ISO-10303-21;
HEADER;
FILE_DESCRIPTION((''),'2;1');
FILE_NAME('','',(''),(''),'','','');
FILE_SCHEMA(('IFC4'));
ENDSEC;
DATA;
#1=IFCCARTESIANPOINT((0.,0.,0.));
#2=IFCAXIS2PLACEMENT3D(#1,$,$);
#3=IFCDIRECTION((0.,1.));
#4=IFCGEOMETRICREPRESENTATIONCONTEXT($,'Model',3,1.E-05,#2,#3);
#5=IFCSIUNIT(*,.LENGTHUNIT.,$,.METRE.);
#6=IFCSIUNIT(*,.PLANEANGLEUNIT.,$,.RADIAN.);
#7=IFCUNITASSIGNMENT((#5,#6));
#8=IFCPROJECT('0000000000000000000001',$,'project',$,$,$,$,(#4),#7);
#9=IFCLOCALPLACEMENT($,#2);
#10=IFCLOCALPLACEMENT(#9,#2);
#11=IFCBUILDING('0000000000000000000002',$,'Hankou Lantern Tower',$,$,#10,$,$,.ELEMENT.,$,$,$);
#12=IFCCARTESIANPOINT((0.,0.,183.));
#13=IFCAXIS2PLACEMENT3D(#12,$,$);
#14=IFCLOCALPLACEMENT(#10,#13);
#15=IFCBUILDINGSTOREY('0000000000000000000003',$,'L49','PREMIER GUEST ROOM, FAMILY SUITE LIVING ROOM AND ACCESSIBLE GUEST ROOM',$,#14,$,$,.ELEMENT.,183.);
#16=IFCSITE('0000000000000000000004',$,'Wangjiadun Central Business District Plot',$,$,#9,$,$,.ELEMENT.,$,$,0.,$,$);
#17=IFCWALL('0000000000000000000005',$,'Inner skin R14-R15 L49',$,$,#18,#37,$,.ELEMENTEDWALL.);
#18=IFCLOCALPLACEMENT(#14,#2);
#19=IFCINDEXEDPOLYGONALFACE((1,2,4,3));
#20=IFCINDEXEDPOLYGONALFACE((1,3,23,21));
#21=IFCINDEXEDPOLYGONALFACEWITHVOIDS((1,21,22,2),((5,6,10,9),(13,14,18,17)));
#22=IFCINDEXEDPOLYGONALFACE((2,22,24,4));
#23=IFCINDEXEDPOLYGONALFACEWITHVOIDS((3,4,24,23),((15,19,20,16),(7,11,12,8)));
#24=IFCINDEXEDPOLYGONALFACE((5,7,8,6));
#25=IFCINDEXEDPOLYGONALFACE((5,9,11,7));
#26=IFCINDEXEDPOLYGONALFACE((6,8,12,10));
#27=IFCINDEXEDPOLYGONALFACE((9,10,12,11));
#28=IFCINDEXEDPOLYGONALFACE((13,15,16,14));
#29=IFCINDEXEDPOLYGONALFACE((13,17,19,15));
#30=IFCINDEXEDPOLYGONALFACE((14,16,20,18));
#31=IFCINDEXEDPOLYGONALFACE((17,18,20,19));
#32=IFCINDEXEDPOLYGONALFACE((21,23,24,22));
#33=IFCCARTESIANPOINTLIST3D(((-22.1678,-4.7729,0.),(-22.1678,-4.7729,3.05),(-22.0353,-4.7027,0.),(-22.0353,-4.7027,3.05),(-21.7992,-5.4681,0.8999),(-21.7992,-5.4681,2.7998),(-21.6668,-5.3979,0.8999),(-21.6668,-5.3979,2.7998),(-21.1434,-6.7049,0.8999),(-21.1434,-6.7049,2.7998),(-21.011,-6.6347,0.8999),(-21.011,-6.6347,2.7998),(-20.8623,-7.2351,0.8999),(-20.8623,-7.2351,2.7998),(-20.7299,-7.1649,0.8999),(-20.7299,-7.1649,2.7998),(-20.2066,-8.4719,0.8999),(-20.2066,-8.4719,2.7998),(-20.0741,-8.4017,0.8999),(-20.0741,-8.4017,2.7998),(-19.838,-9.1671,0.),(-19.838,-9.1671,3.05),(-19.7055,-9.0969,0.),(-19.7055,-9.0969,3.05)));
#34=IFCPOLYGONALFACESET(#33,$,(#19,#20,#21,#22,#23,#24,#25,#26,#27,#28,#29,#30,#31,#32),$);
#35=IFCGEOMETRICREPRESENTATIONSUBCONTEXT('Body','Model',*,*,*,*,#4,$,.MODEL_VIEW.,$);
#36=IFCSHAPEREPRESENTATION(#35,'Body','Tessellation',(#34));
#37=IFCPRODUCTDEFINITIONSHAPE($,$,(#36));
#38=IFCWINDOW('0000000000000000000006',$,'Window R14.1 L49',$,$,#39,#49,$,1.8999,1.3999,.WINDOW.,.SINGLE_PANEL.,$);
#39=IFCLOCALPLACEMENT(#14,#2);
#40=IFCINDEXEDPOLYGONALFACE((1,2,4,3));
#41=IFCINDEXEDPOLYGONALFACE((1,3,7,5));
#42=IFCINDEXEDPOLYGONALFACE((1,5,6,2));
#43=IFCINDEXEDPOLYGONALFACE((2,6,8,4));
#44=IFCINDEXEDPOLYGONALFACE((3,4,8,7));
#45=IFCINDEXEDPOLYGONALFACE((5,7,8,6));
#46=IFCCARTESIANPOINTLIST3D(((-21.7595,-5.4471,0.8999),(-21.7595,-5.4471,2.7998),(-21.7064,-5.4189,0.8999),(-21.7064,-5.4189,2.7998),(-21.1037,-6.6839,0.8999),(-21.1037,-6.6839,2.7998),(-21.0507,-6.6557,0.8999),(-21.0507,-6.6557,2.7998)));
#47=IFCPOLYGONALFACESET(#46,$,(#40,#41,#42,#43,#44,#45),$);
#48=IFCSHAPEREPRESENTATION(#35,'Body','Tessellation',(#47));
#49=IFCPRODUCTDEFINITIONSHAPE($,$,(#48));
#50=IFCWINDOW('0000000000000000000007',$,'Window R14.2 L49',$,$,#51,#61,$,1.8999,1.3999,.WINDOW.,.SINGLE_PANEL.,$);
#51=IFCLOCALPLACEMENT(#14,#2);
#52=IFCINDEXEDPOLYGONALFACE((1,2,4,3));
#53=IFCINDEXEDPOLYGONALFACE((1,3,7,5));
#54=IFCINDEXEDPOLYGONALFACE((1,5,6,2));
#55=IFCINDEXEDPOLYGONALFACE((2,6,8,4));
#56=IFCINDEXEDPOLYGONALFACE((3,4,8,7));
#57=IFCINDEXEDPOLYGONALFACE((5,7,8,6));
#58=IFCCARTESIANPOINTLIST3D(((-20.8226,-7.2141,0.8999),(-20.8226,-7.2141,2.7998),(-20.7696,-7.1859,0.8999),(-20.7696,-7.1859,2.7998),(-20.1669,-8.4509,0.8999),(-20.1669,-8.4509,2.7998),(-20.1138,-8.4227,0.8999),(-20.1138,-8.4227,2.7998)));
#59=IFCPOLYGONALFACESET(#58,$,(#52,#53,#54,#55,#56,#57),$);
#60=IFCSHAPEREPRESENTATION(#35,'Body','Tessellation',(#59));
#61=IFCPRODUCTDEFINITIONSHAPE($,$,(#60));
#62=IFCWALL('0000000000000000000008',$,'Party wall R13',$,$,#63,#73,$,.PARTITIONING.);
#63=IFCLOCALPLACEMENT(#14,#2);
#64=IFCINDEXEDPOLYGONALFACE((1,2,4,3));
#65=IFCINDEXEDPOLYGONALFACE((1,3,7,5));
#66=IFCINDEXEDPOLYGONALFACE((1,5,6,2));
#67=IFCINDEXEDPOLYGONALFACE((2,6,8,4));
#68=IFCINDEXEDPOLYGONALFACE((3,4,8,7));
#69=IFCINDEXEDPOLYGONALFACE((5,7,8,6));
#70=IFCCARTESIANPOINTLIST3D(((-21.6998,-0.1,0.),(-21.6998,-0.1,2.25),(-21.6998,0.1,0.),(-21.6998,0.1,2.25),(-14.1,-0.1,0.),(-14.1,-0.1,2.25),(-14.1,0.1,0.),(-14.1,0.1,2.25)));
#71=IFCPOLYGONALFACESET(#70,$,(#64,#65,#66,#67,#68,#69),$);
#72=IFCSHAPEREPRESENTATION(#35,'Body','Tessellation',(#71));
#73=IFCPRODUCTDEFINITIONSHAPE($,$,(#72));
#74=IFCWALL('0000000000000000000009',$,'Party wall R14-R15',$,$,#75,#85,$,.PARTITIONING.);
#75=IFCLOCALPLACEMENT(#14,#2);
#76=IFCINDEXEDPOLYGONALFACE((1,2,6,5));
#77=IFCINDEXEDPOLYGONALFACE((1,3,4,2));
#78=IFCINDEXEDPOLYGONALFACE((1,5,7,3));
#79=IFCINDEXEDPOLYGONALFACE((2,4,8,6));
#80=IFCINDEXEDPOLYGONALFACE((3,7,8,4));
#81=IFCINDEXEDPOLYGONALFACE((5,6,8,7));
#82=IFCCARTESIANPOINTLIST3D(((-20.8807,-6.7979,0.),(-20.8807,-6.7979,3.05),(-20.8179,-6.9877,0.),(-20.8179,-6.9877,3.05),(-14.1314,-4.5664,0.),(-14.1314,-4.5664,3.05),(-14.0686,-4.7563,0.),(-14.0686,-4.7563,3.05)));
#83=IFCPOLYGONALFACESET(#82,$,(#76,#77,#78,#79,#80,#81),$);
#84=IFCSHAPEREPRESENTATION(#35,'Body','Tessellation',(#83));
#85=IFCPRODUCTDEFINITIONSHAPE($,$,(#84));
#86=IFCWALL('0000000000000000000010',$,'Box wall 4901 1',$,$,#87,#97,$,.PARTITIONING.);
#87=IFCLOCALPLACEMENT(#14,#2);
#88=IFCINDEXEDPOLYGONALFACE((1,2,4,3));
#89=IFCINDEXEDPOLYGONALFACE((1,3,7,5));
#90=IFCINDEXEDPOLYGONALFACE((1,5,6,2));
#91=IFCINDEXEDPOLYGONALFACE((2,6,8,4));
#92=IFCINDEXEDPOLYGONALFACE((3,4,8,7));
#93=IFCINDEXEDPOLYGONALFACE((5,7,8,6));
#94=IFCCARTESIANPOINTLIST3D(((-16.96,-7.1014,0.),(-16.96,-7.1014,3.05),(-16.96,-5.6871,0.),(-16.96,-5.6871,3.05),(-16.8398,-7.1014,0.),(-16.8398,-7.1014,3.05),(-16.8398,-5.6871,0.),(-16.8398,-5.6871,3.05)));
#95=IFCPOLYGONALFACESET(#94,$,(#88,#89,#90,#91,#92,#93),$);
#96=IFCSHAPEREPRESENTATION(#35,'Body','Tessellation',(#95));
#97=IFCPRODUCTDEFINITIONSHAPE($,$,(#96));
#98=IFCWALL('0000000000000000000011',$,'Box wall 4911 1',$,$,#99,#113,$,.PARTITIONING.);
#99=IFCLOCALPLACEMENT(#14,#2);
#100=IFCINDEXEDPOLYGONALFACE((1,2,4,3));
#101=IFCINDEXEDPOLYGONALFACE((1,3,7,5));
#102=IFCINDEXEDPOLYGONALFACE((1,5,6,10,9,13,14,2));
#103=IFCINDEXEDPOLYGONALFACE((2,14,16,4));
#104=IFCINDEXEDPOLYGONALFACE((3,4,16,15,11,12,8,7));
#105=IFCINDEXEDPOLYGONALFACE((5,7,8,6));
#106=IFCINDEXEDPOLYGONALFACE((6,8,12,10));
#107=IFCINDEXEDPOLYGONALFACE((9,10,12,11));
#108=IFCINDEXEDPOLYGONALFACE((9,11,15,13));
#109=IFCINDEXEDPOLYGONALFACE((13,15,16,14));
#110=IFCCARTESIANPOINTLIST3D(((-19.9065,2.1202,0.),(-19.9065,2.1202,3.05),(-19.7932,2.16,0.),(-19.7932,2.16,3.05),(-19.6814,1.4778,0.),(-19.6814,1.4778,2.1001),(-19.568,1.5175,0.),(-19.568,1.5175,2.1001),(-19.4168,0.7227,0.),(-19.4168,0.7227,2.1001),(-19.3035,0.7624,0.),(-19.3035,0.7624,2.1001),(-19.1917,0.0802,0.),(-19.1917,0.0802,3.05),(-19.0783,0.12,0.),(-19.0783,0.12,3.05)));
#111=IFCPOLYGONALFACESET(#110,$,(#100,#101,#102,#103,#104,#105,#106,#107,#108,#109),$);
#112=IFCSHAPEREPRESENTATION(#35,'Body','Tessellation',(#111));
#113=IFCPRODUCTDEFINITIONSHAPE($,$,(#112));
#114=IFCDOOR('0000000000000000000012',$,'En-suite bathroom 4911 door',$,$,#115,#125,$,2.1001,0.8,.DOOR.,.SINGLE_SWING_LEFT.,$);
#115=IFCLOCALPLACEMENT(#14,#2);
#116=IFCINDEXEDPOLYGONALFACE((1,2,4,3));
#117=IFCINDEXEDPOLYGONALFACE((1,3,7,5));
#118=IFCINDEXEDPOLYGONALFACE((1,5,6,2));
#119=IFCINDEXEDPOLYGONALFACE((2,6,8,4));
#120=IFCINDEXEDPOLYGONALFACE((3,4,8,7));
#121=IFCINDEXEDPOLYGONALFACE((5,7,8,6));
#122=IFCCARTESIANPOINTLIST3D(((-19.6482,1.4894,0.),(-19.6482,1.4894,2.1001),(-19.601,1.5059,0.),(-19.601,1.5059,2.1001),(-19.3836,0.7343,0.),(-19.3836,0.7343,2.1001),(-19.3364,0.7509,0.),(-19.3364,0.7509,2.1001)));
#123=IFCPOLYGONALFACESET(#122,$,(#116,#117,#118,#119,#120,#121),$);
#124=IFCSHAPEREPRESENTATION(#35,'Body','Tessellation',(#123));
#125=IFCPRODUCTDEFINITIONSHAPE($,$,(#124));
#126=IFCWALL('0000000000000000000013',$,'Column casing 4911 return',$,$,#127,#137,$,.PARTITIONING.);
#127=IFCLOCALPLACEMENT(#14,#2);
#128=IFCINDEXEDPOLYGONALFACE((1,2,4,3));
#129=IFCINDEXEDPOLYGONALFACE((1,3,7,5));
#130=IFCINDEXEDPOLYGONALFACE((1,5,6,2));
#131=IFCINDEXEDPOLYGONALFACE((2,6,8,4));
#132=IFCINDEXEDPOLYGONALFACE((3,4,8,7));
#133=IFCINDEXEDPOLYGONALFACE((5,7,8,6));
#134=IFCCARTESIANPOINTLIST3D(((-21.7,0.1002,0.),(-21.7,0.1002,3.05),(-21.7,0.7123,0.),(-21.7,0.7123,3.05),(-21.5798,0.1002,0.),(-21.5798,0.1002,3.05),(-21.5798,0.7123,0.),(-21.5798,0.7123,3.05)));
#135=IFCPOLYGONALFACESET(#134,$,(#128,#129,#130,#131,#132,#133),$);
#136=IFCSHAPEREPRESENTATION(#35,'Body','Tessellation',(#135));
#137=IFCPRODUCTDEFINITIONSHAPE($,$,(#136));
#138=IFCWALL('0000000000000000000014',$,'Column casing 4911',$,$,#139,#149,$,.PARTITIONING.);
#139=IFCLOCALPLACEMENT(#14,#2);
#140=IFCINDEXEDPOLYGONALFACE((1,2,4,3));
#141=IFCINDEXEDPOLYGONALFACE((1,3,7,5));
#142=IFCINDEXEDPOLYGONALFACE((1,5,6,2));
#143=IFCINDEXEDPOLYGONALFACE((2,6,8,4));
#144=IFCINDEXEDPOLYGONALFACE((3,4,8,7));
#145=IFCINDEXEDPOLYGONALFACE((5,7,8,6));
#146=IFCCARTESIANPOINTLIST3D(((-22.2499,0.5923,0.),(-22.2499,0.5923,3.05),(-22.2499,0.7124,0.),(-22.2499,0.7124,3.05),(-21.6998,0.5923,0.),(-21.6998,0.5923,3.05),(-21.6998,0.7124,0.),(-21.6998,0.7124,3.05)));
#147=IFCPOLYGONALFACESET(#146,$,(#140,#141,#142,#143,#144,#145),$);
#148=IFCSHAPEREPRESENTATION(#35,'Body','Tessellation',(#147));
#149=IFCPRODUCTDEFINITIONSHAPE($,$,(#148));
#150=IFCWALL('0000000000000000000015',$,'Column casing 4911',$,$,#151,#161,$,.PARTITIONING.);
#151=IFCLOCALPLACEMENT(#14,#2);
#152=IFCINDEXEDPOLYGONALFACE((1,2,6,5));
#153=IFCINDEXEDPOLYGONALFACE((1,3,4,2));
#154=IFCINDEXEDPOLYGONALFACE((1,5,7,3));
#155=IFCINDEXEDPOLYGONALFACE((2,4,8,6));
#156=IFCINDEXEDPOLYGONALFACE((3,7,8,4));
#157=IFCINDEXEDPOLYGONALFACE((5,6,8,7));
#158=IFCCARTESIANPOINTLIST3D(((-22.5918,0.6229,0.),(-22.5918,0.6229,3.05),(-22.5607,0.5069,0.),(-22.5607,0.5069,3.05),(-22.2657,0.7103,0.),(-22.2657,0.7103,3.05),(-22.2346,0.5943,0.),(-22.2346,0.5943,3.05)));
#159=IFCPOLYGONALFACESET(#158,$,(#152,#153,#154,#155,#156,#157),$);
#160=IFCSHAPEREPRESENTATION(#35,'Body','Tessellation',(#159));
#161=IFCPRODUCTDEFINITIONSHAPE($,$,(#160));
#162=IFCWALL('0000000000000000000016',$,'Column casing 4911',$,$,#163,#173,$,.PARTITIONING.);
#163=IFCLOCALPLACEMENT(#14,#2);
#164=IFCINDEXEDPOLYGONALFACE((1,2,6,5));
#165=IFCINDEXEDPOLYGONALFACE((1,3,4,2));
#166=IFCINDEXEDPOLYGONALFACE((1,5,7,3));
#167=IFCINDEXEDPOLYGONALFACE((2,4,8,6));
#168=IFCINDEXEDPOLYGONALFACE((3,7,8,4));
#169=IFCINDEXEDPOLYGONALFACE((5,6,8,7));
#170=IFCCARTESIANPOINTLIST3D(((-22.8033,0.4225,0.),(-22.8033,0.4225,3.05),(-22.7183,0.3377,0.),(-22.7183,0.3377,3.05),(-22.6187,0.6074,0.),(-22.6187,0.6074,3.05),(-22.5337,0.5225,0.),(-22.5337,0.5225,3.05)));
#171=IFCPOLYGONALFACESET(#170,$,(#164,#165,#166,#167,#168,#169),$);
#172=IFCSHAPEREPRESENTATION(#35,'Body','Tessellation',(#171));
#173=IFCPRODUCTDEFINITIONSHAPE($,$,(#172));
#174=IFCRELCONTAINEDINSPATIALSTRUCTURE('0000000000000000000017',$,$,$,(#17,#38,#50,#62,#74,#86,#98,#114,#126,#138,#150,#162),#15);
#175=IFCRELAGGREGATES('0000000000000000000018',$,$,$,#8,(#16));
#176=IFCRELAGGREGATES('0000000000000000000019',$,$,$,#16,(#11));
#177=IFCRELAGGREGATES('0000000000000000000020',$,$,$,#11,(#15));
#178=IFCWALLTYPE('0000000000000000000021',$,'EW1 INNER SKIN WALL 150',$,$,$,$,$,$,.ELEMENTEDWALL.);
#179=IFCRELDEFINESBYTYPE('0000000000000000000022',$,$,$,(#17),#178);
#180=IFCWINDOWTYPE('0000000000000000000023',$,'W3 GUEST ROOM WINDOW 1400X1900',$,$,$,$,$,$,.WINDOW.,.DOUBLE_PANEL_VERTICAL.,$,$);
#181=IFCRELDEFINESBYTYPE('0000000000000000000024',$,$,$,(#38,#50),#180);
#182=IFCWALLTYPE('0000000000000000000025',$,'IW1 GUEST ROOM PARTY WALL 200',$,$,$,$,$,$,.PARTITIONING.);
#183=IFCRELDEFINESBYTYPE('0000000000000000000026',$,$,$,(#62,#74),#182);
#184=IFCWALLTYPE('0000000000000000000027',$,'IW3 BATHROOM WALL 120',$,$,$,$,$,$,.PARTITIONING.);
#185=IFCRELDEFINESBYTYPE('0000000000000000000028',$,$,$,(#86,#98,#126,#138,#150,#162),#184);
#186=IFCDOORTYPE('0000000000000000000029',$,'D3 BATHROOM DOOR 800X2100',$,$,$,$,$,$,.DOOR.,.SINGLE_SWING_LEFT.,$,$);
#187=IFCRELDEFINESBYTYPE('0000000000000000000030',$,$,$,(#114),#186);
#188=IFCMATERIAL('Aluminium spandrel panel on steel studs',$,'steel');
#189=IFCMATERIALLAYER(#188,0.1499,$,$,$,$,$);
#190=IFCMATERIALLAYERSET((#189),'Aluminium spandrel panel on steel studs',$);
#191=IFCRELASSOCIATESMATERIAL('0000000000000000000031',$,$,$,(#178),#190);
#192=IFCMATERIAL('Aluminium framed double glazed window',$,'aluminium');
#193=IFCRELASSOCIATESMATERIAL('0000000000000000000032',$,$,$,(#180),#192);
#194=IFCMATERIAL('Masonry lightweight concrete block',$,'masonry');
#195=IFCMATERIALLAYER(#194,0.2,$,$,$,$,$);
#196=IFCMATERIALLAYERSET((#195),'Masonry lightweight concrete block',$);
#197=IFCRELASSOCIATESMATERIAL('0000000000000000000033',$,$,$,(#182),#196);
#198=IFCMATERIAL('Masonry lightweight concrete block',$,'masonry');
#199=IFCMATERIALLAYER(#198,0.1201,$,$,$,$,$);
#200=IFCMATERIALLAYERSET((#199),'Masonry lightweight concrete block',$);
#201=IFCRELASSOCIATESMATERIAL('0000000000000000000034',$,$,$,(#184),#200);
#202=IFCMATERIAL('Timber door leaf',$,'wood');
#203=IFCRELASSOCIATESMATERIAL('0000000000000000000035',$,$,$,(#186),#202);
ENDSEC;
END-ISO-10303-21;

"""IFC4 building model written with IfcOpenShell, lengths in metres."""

from ifc_helpers import new_model, si_unit, direction, frame, frame_2d, origin, place, context, subcontext, project, spatial, rectangle, extrude, material, layer, layer_set, type_object, element, fill, save


model = new_model("IFC4")

# Units and contexts
model_context = context("Model", 3, precision=1e-05, world=origin(), true_north=direction((0.0, 1.0)))
body_context = subcontext(model_context, "Body", "Model", "MODEL_VIEW")
ifc_project = project(units=[si_unit("LENGTHUNIT", "METRE"), si_unit("PLANEANGLEUNIT", "RADIAN")], contexts=[model_context])

# Site, building, storey
site_placement = place(None, origin())
site = spatial("IfcSite", under=ifc_project, at=site_placement, Name="Wangjiadun Central Business District Plot", CompositionType="ELEMENT", RefElevation=0.0)
building_placement = place(site_placement, origin())
building = spatial("IfcBuilding", under=site, at=building_placement, Name="Hankou Lantern Tower", CompositionType="ELEMENT")
storey_placement = place(building_placement, frame((0.0, 0.0, 183.0)))
storey = spatial("IfcBuildingStorey", under=building, at=storey_placement, Name="L49", Description="PREMIER GUEST ROOM, FAMILY SUITE LIVING ROOM AND ACCESSIBLE GUEST ROOM", CompositionType="ELEMENT", Elevation=183.0)

# Wall, openings, windows
ifc_material_1 = material(Name="Aluminium spandrel panel on steel studs", Category="steel")
ifc_layer_1 = layer(ifc_material_1, 0.1499)
ifc_layer_set_1 = layer_set([ifc_layer_1], Name="Aluminium spandrel panel on steel studs")
wall_type_1 = type_object("IfcWallType", Name="EW1 INNER SKIN WALL 150", PredefinedType="ELEMENTEDWALL", material=ifc_layer_set_1)
ifc_material_2 = material(Name="Aluminium framed double glazed window", Category="aluminium")
window_type = type_object("IfcWindowType", Name="W3 GUEST ROOM WINDOW 1400X1900", PartitioningType="DOUBLE_PANEL_VERTICAL", PredefinedType="WINDOW", material=ifc_material_2)
wall_1_placement = place(storey_placement, frame((-22.1016, -4.7378, 0.0), z_axis=(0.0, 0.0, 1.0), x_axis=(0.468429, -0.883501, 0.0)))
wall_1 = element("IfcWall", 1, at=wall_1_placement, inside=storey, type_object=wall_type_1, Name="Inner skin R14-R15 L49", PredefinedType="ELEMENTEDWALL", context=body_context, shape_type="SweptSolid", body=[
    extrude(rectangle(XDim=4.9736, YDim=0.1499, at=frame_2d((2.4868, 0.0))), origin(), (0.0, 0.0, 1.0), 3.05),
])
opening_1_placement = place(wall_1_placement, frame((0.7869, 0.0, 0.8999)))
opening_1 = element("IfcOpeningElement", 2, at=opening_1_placement, cuts=wall_1, PredefinedType="OPENING", context=body_context, shape_type="SweptSolid", body=[
    extrude(rectangle(XDim=1.3999, YDim=1.8999, at=frame_2d((0.7, 0.95))), frame((0.0, 0.085, 0.0), z_axis=(0.0, -1.0, 0.0), x_axis=(1.0, 0.0, 0.0)), (0.0, 0.0, 1.0), 0.1699),
])
opening_2_placement = place(wall_1_placement, frame((2.7869, 0.0, 0.8999)))
opening_2 = element("IfcOpeningElement", 3, at=opening_2_placement, cuts=wall_1, PredefinedType="OPENING", context=body_context, shape_type="SweptSolid", body=[
    extrude(rectangle(XDim=1.3999, YDim=1.8999, at=frame_2d((0.7, 0.95))), frame((0.0, 0.085, 0.0), z_axis=(0.0, -1.0, 0.0), x_axis=(1.0, 0.0, 0.0)), (0.0, 0.0, 1.0), 0.1699),
])
window_1_placement = place(opening_1_placement, origin())
window_1 = element("IfcWindow", 4, at=window_1_placement, inside=storey, type_object=window_type, Name="Window R14.1 L49", OverallHeight=1.8999, OverallWidth=1.3999, PartitioningType="SINGLE_PANEL", PredefinedType="WINDOW", context=body_context, shape_type="SweptSolid", body=[
    extrude(rectangle(XDim=1.3999, YDim=1.8999, at=frame_2d((0.7, 0.95))), frame((0.0, 0.03, 0.0), z_axis=(0.0, -1.0, 0.0), x_axis=(1.0, 0.0, 0.0)), (0.0, 0.0, 1.0), 0.0601),
])
fill(opening_1, window_1)
window_2_placement = place(opening_2_placement, origin())
window_2 = element("IfcWindow", 5, at=window_2_placement, inside=storey, type_object=window_type, Name="Window R14.2 L49", OverallHeight=1.8999, OverallWidth=1.3999, PartitioningType="SINGLE_PANEL", PredefinedType="WINDOW", context=body_context, shape_type="SweptSolid", body=[
    extrude(rectangle(XDim=1.3999, YDim=1.8999, at=frame_2d((0.7, 0.95))), frame((0.0, 0.03, 0.0), z_axis=(0.0, -1.0, 0.0), x_axis=(1.0, 0.0, 0.0)), (0.0, 0.0, 1.0), 0.0601),
])
fill(opening_2, window_2)

# Walls
ifc_material_3 = material(Name="Masonry lightweight concrete block", Category="masonry")
ifc_layer_2 = layer(ifc_material_3, 0.2)
ifc_layer_set_2 = layer_set([ifc_layer_2], Name="Masonry lightweight concrete block")
wall_type_2 = type_object("IfcWallType", Name="IW1 GUEST ROOM PARTY WALL 200", PredefinedType="PARTITIONING", material=ifc_layer_set_2)
wall_2_placement = place(storey_placement, frame((-14.1001, 0.0, 0.0), z_axis=(0.0, 0.0, 1.0), x_axis=(-1.0, 0.0, 0.0)))
element("IfcWall", 6, at=wall_2_placement, inside=storey, type_object=wall_type_2, Name="Party wall R13", PredefinedType="PARTITIONING", context=body_context, shape_type="SweptSolid", body=[
    extrude(rectangle(XDim=7.5999, YDim=0.2, at=frame_2d((3.7998, 0.0))), origin(), (0.0, 0.0, 1.0), 2.25),
])
wall_3_placement = place(storey_placement, frame((-14.1001, -4.6614, 0.0), z_axis=(0.0, 0.0, 1.0), x_axis=(-0.949453, -0.313909, 0.0)))
element("IfcWall", 7, at=wall_3_placement, inside=storey, type_object=wall_type_2, Name="Party wall R14-R15", PredefinedType="PARTITIONING", context=body_context, shape_type="SweptSolid", body=[
    extrude(rectangle(XDim=7.1086, YDim=0.2, at=frame_2d((3.5542, 0.0))), origin(), (0.0, 0.0, 1.0), 3.05),
])
ifc_material_4 = material(Name="Masonry lightweight concrete block", Category="masonry")
ifc_layer_3 = layer(ifc_material_4, 0.1201)
ifc_layer_set_3 = layer_set([ifc_layer_3], Name="Masonry lightweight concrete block")
wall_type_3 = type_object("IfcWallType", Name="IW3 BATHROOM WALL 120", PredefinedType="PARTITIONING", material=ifc_layer_set_3)
wall_4_placement = place(storey_placement, frame((-16.8999, -5.6873, 0.0), z_axis=(0.0, 0.0, 1.0), x_axis=(0.0, -1.0, 0.0)))
element("IfcWall", 8, at=wall_4_placement, inside=storey, type_object=wall_type_3, Name="Box wall 4901 1", PredefinedType="PARTITIONING", context=body_context, shape_type="SweptSolid", body=[
    extrude(rectangle(XDim=1.4143, YDim=0.1201, at=frame_2d((0.707, 0.0))), origin(), (0.0, 0.0, 1.0), 3.05),
])

# Wall, opening, door
wall_5_placement = place(storey_placement, frame((-19.135, 0.1001, 0.0), z_axis=(0.0, 0.0, 1.0), x_axis=(-0.330692, 0.943739, 0.0)))
wall_5 = element("IfcWall", 9, at=wall_5_placement, inside=storey, type_object=wall_type_3, Name="Box wall 4911 1", PredefinedType="PARTITIONING", context=body_context, shape_type="SweptSolid", body=[
    extrude(rectangle(XDim=2.1616, YDim=0.1201, at=frame_2d((1.0808, 0.0))), origin(), (0.0, 0.0, 1.0), 3.05),
])
opening_3_placement = place(wall_5_placement, frame((0.6809, 0.0, 0.0)))
opening_3 = element("IfcOpeningElement", 10, at=opening_3_placement, cuts=wall_5, PredefinedType="OPENING", context=body_context, shape_type="SweptSolid", body=[
    extrude(rectangle(XDim=0.8, YDim=2.1001, at=frame_2d((0.3999, 1.05))), frame((0.0, 0.0701, 0.0), z_axis=(0.0, -1.0, 0.0), x_axis=(1.0, 0.0, 0.0)), (0.0, 0.0, 1.0), 0.1401),
])
ifc_material_5 = material(Name="Timber door leaf", Category="wood")
door_type_1 = type_object("IfcDoorType", Name="D3 BATHROOM DOOR 800X2100", OperationType="SINGLE_SWING_LEFT", PredefinedType="DOOR", material=ifc_material_5)
door_1_placement = place(opening_3_placement, origin())
door_1 = element("IfcDoor", 11, at=door_1_placement, inside=storey, type_object=door_type_1, Name="En-suite bathroom 4911 door", OperationType="SINGLE_SWING_LEFT", OverallHeight=2.1001, OverallWidth=0.8, PredefinedType="DOOR", context=body_context, shape_type="SweptSolid", body=[
    extrude(rectangle(XDim=0.8, YDim=2.1001, at=frame_2d((0.3999, 1.05))), frame((0.0, 0.0249, 0.0), z_axis=(0.0, -1.0, 0.0), x_axis=(1.0, 0.0, 0.0)), (0.0, 0.0, 1.0), 0.05),
])
fill(opening_3, door_1)

# Walls
wall_6_placement = place(storey_placement, frame((-21.6399, 0.1001, 0.0), z_axis=(0.0, 0.0, 1.0), x_axis=(0.0, 1.0, 0.0)))
element("IfcWall", 12, at=wall_6_placement, inside=storey, type_object=wall_type_3, Name="Column casing 4911 return", PredefinedType="PARTITIONING", context=body_context, shape_type="SweptSolid", body=[
    extrude(rectangle(XDim=0.6121, YDim=0.1201, at=frame_2d((0.3062, 0.0))), origin(), (0.0, 0.0, 1.0), 3.05),
])
wall_7_placement = place(storey_placement, frame((-21.7, 0.6523, 0.0), z_axis=(0.0, 0.0, 1.0), x_axis=(-1.0, 0.0, 0.0)))
element("IfcWall", 13, at=wall_7_placement, inside=storey, type_object=wall_type_3, Name="Column casing 4911", PredefinedType="PARTITIONING", context=body_context, shape_type="SweptSolid", body=[
    extrude(rectangle(XDim=0.55, YDim=0.1201, at=frame_2d((0.2749, 0.0))), origin(), (0.0, 0.0, 1.0), 3.05),
])
wall_8_placement = place(storey_placement, frame((-22.25, 0.6523, 0.0), z_axis=(0.0, 0.0, 1.0), x_axis=(-0.965922, -0.258832, 0.0)))
element("IfcWall", 14, at=wall_8_placement, inside=storey, type_object=wall_type_3, Name="Column casing 4911", PredefinedType="PARTITIONING", context=body_context, shape_type="SweptSolid", body=[
    extrude(rectangle(XDim=0.3376, YDim=0.1201, at=frame_2d((0.1689, 0.0))), origin(), (0.0, 0.0, 1.0), 3.05),
])
wall_9_placement = place(storey_placement, frame((-22.5762, 0.5649, 0.0), z_axis=(0.0, 0.0, 1.0), x_axis=(-0.706639, -0.707574, 0.0)))
element("IfcWall", 15, at=wall_9_placement, inside=storey, type_object=wall_type_3, Name="Column casing 4911", PredefinedType="PARTITIONING", context=body_context, shape_type="SweptSolid", body=[
    extrude(rectangle(XDim=0.2612, YDim=0.1201, at=frame_2d((0.1306, 0.0))), origin(), (0.0, 0.0, 1.0), 3.05),
])

save(model, "model.ifc")
